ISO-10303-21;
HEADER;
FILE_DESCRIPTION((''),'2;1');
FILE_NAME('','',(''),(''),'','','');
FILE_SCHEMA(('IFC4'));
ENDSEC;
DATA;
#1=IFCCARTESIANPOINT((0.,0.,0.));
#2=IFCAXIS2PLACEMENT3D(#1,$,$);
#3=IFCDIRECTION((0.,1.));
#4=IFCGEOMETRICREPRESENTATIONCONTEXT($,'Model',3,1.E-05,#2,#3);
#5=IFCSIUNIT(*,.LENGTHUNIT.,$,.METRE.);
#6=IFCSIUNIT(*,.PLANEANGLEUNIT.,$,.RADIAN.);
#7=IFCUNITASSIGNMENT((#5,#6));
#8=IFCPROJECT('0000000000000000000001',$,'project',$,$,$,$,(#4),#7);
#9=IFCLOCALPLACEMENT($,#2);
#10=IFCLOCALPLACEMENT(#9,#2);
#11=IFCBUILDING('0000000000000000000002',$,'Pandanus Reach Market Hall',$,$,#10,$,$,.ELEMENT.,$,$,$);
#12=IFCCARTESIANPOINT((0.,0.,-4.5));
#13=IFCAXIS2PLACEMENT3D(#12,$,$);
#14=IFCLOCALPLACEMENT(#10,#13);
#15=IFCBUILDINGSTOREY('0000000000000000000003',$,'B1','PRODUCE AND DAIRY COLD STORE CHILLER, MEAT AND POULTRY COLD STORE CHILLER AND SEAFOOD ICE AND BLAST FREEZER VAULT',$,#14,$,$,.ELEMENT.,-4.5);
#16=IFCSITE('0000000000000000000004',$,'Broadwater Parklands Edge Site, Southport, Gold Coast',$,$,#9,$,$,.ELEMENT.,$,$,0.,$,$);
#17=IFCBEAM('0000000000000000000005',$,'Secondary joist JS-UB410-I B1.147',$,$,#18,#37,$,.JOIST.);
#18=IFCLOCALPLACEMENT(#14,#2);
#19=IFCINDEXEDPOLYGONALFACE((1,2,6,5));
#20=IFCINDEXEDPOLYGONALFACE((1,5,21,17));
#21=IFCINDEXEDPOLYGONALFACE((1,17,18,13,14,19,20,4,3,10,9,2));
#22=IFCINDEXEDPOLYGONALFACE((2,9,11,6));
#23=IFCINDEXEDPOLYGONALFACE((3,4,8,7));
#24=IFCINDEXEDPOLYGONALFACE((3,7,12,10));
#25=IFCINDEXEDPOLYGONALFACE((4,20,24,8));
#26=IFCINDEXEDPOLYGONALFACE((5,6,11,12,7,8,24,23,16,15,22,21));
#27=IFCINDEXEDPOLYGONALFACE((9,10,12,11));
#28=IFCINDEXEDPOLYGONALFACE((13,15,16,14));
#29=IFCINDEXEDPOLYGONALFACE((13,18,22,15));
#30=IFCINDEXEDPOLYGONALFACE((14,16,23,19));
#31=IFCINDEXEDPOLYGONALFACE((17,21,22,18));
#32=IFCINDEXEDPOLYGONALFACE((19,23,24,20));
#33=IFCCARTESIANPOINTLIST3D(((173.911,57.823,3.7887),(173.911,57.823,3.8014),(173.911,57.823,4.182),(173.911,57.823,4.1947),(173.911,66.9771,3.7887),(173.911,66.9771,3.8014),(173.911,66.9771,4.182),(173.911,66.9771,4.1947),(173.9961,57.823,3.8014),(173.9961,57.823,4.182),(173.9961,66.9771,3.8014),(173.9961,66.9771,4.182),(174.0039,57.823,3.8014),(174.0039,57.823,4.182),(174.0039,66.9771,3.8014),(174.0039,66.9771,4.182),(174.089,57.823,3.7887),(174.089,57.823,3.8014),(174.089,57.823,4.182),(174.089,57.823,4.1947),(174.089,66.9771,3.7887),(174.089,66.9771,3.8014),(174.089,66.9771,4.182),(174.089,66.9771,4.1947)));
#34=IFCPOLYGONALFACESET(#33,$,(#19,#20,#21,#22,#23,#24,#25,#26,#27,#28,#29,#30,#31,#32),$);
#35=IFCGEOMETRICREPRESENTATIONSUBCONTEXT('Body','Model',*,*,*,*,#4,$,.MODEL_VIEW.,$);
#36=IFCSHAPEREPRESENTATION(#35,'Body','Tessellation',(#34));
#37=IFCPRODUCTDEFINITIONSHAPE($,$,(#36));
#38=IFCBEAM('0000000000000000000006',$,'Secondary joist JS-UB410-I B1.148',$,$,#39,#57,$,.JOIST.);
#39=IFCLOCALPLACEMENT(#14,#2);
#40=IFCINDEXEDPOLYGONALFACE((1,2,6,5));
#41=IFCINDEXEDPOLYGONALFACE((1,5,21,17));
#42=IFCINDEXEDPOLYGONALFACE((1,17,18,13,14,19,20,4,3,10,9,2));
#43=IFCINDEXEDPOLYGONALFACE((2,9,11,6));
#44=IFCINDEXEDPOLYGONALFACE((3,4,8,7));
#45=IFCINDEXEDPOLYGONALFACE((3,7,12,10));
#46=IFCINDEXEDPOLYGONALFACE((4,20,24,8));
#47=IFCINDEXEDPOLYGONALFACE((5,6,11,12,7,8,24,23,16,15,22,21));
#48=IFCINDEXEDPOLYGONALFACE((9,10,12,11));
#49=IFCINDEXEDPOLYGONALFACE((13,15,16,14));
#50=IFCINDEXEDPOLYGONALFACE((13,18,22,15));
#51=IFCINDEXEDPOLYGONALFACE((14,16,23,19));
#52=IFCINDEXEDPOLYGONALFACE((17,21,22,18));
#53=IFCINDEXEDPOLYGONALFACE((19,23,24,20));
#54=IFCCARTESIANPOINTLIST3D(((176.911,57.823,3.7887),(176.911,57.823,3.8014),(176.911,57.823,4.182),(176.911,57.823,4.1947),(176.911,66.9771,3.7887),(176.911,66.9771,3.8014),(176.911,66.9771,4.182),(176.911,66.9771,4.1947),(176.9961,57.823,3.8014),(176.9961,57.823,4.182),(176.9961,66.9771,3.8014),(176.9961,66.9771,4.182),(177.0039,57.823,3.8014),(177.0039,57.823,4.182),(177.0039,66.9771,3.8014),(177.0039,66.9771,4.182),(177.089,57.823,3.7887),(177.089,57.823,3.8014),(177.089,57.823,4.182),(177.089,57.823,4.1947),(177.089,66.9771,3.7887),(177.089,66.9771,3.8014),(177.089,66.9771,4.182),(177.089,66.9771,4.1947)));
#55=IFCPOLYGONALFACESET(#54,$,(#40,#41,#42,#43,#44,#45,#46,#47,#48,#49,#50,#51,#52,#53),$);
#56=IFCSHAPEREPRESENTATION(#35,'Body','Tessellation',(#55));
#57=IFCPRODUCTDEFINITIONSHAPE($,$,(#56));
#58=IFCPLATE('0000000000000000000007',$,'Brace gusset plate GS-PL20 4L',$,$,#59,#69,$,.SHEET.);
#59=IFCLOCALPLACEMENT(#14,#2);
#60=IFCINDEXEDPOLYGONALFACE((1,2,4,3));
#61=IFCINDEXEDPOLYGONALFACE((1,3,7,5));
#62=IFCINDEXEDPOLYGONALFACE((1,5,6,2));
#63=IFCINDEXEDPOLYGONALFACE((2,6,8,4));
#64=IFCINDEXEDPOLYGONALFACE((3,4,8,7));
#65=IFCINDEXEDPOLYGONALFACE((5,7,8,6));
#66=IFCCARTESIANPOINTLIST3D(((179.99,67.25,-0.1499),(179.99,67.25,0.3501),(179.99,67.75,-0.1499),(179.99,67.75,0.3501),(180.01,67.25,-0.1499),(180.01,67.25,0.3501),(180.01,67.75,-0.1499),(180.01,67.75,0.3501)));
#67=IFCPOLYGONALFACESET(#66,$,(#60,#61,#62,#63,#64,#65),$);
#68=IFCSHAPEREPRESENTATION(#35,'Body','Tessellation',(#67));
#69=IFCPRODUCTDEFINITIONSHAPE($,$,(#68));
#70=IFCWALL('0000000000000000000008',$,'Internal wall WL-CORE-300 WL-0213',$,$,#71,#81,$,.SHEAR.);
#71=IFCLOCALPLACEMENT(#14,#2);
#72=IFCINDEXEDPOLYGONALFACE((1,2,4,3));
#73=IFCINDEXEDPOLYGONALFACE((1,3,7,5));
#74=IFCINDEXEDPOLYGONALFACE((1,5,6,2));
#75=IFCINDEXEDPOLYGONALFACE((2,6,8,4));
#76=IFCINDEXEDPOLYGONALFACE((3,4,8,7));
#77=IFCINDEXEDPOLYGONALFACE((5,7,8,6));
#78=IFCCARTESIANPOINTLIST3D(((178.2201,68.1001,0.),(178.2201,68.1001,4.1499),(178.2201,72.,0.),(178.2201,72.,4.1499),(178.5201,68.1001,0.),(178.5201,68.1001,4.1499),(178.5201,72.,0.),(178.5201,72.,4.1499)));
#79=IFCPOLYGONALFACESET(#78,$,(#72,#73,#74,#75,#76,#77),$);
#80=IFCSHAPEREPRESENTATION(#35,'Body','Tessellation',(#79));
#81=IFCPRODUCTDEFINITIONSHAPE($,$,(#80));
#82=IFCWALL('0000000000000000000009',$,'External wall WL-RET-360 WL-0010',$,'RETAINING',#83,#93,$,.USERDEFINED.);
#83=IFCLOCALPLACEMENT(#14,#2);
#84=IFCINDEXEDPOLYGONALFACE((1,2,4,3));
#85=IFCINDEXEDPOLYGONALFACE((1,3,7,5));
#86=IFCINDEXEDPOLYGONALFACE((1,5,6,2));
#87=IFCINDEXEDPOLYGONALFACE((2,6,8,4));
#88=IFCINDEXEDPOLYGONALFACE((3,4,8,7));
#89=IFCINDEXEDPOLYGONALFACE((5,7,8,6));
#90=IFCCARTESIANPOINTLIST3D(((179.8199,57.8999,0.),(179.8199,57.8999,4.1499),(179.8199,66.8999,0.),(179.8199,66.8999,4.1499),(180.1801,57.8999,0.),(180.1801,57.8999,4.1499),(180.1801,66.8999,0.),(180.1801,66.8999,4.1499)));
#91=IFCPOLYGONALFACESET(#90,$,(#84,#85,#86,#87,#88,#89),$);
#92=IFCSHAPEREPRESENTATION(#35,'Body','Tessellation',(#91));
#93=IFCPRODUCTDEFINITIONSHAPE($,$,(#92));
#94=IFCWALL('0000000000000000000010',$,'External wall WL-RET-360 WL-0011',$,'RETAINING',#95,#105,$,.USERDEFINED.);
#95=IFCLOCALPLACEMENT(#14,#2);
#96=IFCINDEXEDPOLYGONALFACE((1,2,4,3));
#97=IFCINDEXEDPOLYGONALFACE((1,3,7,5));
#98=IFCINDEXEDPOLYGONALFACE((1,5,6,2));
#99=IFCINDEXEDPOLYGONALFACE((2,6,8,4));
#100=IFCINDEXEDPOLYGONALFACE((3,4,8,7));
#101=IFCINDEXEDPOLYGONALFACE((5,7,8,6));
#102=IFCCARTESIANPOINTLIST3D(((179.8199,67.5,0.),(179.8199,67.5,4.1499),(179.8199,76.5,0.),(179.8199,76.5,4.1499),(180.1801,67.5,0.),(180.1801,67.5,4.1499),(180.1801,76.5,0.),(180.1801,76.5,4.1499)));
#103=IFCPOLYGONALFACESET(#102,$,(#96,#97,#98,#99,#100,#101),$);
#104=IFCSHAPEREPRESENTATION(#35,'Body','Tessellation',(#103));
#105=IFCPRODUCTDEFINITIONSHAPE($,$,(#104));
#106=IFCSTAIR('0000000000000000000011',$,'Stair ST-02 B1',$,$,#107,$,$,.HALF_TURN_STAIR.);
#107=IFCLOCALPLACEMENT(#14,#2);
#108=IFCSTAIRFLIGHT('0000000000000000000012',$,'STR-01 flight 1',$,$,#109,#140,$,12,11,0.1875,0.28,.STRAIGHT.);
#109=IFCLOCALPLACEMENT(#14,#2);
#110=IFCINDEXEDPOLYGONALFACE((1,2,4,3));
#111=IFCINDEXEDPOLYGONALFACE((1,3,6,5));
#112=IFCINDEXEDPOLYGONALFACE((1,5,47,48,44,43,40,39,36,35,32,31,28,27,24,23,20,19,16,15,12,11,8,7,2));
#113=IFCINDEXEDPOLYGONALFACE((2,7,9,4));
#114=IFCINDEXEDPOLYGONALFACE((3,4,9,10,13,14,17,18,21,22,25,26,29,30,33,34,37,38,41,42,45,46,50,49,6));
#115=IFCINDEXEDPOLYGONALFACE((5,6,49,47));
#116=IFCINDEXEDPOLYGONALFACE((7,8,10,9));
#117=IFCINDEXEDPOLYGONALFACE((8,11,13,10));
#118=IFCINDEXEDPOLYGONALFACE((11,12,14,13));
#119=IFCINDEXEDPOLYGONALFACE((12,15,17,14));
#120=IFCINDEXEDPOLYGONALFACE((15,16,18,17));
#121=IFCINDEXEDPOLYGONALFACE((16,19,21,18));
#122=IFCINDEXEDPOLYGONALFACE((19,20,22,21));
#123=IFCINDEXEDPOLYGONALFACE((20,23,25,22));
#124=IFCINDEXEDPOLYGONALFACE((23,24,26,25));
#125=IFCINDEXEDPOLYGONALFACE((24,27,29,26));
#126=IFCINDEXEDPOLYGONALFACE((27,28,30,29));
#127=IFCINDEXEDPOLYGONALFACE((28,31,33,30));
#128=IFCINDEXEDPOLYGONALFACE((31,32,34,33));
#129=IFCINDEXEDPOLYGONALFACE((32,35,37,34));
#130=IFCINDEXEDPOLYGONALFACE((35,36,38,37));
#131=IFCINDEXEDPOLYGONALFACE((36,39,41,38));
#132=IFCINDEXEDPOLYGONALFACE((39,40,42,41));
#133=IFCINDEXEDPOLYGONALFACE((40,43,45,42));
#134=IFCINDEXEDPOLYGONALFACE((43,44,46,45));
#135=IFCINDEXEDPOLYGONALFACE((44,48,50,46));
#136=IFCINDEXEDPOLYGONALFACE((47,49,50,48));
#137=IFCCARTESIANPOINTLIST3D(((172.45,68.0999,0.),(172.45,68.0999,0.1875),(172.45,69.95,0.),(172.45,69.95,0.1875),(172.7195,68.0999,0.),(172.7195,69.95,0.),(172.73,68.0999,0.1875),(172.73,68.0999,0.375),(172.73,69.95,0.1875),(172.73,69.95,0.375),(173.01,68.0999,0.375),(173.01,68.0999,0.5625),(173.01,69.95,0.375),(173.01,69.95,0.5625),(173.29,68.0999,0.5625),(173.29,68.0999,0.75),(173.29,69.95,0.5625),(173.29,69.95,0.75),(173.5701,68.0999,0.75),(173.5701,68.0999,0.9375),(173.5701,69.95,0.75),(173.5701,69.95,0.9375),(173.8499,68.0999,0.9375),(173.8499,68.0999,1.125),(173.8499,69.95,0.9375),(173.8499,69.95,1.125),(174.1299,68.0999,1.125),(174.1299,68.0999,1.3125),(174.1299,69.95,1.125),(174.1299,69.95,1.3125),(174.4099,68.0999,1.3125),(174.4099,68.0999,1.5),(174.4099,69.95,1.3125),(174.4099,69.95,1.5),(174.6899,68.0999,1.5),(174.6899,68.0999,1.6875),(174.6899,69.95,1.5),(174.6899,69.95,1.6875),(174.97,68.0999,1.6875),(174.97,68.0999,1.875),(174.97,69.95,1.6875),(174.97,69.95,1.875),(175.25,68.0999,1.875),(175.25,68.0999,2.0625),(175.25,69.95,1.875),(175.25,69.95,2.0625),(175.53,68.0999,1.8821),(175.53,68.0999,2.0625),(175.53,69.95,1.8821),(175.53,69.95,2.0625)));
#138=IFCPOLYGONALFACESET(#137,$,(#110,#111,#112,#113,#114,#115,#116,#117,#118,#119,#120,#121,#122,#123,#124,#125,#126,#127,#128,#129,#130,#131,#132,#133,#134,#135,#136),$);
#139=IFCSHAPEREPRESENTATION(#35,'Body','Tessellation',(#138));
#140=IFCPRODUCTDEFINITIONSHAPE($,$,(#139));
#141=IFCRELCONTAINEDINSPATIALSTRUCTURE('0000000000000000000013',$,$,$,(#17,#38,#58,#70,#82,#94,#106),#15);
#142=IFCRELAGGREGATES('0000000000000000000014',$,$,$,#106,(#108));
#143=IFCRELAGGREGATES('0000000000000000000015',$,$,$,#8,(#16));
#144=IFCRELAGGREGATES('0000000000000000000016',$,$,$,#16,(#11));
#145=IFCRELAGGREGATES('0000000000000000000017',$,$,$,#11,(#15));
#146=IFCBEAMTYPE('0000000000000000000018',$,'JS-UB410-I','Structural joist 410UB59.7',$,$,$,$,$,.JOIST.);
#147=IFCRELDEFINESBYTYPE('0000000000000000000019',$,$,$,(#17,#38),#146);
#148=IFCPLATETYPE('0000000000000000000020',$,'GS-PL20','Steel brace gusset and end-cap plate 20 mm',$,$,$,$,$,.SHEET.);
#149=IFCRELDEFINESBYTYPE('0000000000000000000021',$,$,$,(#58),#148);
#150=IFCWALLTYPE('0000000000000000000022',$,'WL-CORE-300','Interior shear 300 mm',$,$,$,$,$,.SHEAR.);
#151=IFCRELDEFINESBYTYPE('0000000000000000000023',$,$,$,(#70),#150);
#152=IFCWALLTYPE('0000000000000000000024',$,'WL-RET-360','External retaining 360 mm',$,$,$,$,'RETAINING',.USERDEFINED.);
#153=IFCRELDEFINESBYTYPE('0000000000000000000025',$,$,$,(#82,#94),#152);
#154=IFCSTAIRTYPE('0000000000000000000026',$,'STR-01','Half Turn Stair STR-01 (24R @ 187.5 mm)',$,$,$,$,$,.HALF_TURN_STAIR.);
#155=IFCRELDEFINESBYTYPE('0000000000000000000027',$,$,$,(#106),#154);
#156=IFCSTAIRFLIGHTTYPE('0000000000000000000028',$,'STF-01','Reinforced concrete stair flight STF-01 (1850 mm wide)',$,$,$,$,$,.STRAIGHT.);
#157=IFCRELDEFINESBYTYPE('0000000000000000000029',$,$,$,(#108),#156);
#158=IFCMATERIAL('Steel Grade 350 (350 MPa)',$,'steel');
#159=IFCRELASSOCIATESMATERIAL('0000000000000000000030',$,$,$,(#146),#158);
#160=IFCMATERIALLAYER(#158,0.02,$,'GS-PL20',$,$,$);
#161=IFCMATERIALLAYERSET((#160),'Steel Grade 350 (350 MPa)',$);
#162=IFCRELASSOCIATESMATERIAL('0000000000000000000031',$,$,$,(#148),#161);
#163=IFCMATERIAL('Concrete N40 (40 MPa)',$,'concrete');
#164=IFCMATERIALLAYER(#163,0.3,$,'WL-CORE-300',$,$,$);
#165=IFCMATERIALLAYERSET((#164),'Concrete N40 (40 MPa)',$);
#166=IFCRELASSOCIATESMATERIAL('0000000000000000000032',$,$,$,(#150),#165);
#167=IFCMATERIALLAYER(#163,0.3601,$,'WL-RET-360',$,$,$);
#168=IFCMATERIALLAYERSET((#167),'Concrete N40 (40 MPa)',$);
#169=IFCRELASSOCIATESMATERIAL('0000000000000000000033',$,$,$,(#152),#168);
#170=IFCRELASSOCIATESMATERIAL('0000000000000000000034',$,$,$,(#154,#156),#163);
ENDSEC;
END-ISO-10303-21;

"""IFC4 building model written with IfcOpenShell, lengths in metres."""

from ifc_helpers import new_model, si_unit, direction, frame, frame_2d, origin, origin_2d, place, context, subcontext, project, spatial, polyline, rectangle, i_section, outline, extrude, material, layer, layer_set, material_profile, profile_set, type_object, element, aggregate, save


model = new_model("IFC4")

# Units and contexts
model_context = context("Model", 3, precision=1e-05, world=origin(), true_north=direction((0.0, 1.0)))
body_context = subcontext(model_context, "Body", "Model", "MODEL_VIEW")
ifc_project = project(units=[si_unit("LENGTHUNIT", "METRE"), si_unit("PLANEANGLEUNIT", "RADIAN")], contexts=[model_context])

# Site, building, storey
site_placement = place(None, origin())
site = spatial("IfcSite", under=ifc_project, at=site_placement, Name="Broadwater Parklands Edge Site, Southport, Gold Coast", CompositionType="ELEMENT", RefElevation=0.0)
building_placement = place(site_placement, origin())
building = spatial("IfcBuilding", under=site, at=building_placement, Name="Pandanus Reach Market Hall", CompositionType="ELEMENT")
storey_placement = place(building_placement, frame((0.0, 0.0, -4.5)))
storey = spatial("IfcBuildingStorey", under=building, at=storey_placement, Name="B1", Description="PRODUCE AND DAIRY COLD STORE CHILLER, MEAT AND POULTRY COLD STORE CHILLER AND SEAFOOD ICE AND BLAST FREEZER VAULT", CompositionType="ELEMENT", Elevation=-4.5)

# Shared definitions
ifc_material_1 = material(Name="Concrete N40 (40 MPa)", Category="concrete")

# Shared definitions
ifc_material_2 = material(Name="Steel Grade 350 (350 MPa)", Category="steel")

# Beams
ifc_material_profile_1 = material_profile(ifc_material_2, i_section(OverallWidth=0.178, OverallDepth=0.406, WebThickness=0.0078, FlangeThickness=0.0127, at=origin_2d()), Name="410UB59.7", Category="LoadBearing")
ifc_profile_set_1 = profile_set([ifc_material_profile_1], Name="Steel Grade 350 (350 MPa)")
beam_type_1 = type_object("IfcBeamType", Name="JS-UB410-I", Description="Structural joist 410UB59.7", PredefinedType="JOIST", material=ifc_profile_set_1)
for number, where, z_axis, x_axis, name in (
    (1, (174.0, 57.823, 3.9917), (0.0, 1.0, 0.0), (-1.0, 0.0, 0.0), "Secondary joist JS-UB410-I B1.147"),
    (2, (177.0, 57.823, 3.9917), (0.0, 1.0, 0.0), (-1.0, 0.0, 0.0), "Secondary joist JS-UB410-I B1.148"),
):
    element("IfcBeam", number, at=place(storey_placement, frame(where, z_axis=z_axis, x_axis=x_axis)), inside=storey, type_object=beam_type_1, Name=name, PredefinedType="JOIST", context=body_context, shape_type="SweptSolid", body=[
        extrude(i_section(OverallWidth=0.178, OverallDepth=0.406, WebThickness=0.0078, FlangeThickness=0.0127, at=origin_2d()), origin(), (0.0, 0.0, 1.0), 9.1541),
    ])

# Plate
ifc_layer_1 = layer(ifc_material_2, 0.02, Name="GS-PL20")
ifc_layer_set_1 = layer_set([ifc_layer_1], Name="Steel Grade 350 (350 MPa)")
plate_type = type_object("IfcPlateType", Name="GS-PL20", Description="Steel brace gusset and end-cap plate 20 mm", PredefinedType="SHEET", material=ifc_layer_set_1)
plate_placement = place(storey_placement, frame((180.0, 67.5, -0.1499), z_axis=(0.0, 0.0, 1.0), x_axis=(0.0, 1.0, 0.0)))
element("IfcPlate", 3, at=plate_placement, inside=storey, type_object=plate_type, Name="Brace gusset plate GS-PL20 4L", PredefinedType="SHEET", context=body_context, shape_type="SweptSolid", body=[
    extrude(rectangle(XDim=0.5, YDim=0.02, at=origin_2d()), origin(), (0.0, 0.0, 1.0), 0.5),
])

# Walls
ifc_layer_2 = layer(ifc_material_1, 0.3, Name="WL-CORE-300")
ifc_layer_set_2 = layer_set([ifc_layer_2], Name="Concrete N40 (40 MPa)")
wall_type_1 = type_object("IfcWallType", Name="WL-CORE-300", Description="Interior shear 300 mm", PredefinedType="SHEAR", material=ifc_layer_set_2)
wall_placement = place(storey_placement, frame((178.3701, 68.1001, 0.0), z_axis=(0.0, 0.0, 1.0), x_axis=(0.0, 1.0, 0.0)))
element("IfcWall", 4, at=wall_placement, inside=storey, type_object=wall_type_1, Name="Internal wall WL-CORE-300 WL-0213", PredefinedType="SHEAR", context=body_context, shape_type="SweptSolid", body=[
    extrude(rectangle(XDim=3.8999, YDim=0.3, at=frame_2d((1.95, 0.0))), origin(), (0.0, 0.0, 1.0), 4.1499),
])
ifc_layer_3 = layer(ifc_material_1, 0.3601, Name="WL-RET-360")
ifc_layer_set_3 = layer_set([ifc_layer_3], Name="Concrete N40 (40 MPa)")
wall_type_2 = type_object("IfcWallType", Name="WL-RET-360", Description="External retaining 360 mm", ElementType="RETAINING", PredefinedType="USERDEFINED", material=ifc_layer_set_3)
for number, where, z_axis, x_axis, name in (
    (5, (180.0, 57.8999, 0.0), (0.0, 0.0, 1.0), (0.0, 1.0, 0.0), "External wall WL-RET-360 WL-0010"),
    (6, (180.0, 67.5, 0.0), (0.0, 0.0, 1.0), (0.0, 1.0, 0.0), "External wall WL-RET-360 WL-0011"),
):
    element("IfcWall", number, at=place(storey_placement, frame(where, z_axis=z_axis, x_axis=x_axis)), inside=storey, type_object=wall_type_2, Name=name, ObjectType="RETAINING", PredefinedType="USERDEFINED", context=body_context, shape_type="SweptSolid", body=[
        extrude(rectangle(XDim=9.0, YDim=0.3601, at=frame_2d((4.5, 0.0))), origin(), (0.0, 0.0, 1.0), 4.1499),
    ])

# Stair, stair flight
stair_type = type_object("IfcStairType", Name="STR-01", Description="Half Turn Stair STR-01 (24R @ 187.5 mm)", PredefinedType="HALF_TURN_STAIR", material=ifc_material_1)
stair_placement = place(storey_placement, origin())
stair = element("IfcStair", 7, at=stair_placement, inside=storey, type_object=stair_type, Name="Stair ST-02 B1", PredefinedType="HALF_TURN_STAIR")
stair_flight_type = type_object("IfcStairFlightType", Name="STF-01", Description="Reinforced concrete stair flight STF-01 (1850 mm wide)", PredefinedType="STRAIGHT", material=ifc_material_1)
stair_flight_placement = place(storey_placement, frame((172.45, 69.0249, 0.0), z_axis=(0.0, 0.0, 1.0), x_axis=(1.0, 0.0, 0.0)))
stair_flight = element("IfcStairFlight", 8, at=stair_flight_placement, type_object=stair_flight_type, Name="STR-01 flight 1", NumberOfRisers=12, NumberOfTreads=11, PredefinedType="STRAIGHT", RiserHeight=0.1875, TreadLength=0.28, context=body_context, shape_type="SweptSolid", body=[
    extrude(outline(polyline([(0.0, 0.0), (0.0, 0.1875), (0.28, 0.1875), (0.28, 0.375), (0.5601, 0.375), (0.5601, 0.5625), (0.8401, 0.5625), (0.8401, 0.75), (1.1201, 0.75), (1.1201, 0.9375), (1.3999, 0.9375), (1.3999, 1.125), (1.6799, 1.125), (1.6799, 1.3125), (1.96, 1.3125), (1.96, 1.5), (2.24, 1.5), (2.24, 1.6875), (2.52, 1.6875), (2.52, 1.875), (2.8, 1.875), (2.8, 2.0625), (3.0801, 2.0625), (3.0801, 2.25), (3.0801, 1.8821), (0.2695, 0.0), (0.0, 0.0)])), frame((0.0, 0.925, 0.0), z_axis=(0.0, -1.0, 0.0), x_axis=(1.0, 0.0, 0.0)), (0.0, 0.0, 1.0), 1.8501),
])
aggregate(stair, [stair_flight])

save(model, "model.ifc")
